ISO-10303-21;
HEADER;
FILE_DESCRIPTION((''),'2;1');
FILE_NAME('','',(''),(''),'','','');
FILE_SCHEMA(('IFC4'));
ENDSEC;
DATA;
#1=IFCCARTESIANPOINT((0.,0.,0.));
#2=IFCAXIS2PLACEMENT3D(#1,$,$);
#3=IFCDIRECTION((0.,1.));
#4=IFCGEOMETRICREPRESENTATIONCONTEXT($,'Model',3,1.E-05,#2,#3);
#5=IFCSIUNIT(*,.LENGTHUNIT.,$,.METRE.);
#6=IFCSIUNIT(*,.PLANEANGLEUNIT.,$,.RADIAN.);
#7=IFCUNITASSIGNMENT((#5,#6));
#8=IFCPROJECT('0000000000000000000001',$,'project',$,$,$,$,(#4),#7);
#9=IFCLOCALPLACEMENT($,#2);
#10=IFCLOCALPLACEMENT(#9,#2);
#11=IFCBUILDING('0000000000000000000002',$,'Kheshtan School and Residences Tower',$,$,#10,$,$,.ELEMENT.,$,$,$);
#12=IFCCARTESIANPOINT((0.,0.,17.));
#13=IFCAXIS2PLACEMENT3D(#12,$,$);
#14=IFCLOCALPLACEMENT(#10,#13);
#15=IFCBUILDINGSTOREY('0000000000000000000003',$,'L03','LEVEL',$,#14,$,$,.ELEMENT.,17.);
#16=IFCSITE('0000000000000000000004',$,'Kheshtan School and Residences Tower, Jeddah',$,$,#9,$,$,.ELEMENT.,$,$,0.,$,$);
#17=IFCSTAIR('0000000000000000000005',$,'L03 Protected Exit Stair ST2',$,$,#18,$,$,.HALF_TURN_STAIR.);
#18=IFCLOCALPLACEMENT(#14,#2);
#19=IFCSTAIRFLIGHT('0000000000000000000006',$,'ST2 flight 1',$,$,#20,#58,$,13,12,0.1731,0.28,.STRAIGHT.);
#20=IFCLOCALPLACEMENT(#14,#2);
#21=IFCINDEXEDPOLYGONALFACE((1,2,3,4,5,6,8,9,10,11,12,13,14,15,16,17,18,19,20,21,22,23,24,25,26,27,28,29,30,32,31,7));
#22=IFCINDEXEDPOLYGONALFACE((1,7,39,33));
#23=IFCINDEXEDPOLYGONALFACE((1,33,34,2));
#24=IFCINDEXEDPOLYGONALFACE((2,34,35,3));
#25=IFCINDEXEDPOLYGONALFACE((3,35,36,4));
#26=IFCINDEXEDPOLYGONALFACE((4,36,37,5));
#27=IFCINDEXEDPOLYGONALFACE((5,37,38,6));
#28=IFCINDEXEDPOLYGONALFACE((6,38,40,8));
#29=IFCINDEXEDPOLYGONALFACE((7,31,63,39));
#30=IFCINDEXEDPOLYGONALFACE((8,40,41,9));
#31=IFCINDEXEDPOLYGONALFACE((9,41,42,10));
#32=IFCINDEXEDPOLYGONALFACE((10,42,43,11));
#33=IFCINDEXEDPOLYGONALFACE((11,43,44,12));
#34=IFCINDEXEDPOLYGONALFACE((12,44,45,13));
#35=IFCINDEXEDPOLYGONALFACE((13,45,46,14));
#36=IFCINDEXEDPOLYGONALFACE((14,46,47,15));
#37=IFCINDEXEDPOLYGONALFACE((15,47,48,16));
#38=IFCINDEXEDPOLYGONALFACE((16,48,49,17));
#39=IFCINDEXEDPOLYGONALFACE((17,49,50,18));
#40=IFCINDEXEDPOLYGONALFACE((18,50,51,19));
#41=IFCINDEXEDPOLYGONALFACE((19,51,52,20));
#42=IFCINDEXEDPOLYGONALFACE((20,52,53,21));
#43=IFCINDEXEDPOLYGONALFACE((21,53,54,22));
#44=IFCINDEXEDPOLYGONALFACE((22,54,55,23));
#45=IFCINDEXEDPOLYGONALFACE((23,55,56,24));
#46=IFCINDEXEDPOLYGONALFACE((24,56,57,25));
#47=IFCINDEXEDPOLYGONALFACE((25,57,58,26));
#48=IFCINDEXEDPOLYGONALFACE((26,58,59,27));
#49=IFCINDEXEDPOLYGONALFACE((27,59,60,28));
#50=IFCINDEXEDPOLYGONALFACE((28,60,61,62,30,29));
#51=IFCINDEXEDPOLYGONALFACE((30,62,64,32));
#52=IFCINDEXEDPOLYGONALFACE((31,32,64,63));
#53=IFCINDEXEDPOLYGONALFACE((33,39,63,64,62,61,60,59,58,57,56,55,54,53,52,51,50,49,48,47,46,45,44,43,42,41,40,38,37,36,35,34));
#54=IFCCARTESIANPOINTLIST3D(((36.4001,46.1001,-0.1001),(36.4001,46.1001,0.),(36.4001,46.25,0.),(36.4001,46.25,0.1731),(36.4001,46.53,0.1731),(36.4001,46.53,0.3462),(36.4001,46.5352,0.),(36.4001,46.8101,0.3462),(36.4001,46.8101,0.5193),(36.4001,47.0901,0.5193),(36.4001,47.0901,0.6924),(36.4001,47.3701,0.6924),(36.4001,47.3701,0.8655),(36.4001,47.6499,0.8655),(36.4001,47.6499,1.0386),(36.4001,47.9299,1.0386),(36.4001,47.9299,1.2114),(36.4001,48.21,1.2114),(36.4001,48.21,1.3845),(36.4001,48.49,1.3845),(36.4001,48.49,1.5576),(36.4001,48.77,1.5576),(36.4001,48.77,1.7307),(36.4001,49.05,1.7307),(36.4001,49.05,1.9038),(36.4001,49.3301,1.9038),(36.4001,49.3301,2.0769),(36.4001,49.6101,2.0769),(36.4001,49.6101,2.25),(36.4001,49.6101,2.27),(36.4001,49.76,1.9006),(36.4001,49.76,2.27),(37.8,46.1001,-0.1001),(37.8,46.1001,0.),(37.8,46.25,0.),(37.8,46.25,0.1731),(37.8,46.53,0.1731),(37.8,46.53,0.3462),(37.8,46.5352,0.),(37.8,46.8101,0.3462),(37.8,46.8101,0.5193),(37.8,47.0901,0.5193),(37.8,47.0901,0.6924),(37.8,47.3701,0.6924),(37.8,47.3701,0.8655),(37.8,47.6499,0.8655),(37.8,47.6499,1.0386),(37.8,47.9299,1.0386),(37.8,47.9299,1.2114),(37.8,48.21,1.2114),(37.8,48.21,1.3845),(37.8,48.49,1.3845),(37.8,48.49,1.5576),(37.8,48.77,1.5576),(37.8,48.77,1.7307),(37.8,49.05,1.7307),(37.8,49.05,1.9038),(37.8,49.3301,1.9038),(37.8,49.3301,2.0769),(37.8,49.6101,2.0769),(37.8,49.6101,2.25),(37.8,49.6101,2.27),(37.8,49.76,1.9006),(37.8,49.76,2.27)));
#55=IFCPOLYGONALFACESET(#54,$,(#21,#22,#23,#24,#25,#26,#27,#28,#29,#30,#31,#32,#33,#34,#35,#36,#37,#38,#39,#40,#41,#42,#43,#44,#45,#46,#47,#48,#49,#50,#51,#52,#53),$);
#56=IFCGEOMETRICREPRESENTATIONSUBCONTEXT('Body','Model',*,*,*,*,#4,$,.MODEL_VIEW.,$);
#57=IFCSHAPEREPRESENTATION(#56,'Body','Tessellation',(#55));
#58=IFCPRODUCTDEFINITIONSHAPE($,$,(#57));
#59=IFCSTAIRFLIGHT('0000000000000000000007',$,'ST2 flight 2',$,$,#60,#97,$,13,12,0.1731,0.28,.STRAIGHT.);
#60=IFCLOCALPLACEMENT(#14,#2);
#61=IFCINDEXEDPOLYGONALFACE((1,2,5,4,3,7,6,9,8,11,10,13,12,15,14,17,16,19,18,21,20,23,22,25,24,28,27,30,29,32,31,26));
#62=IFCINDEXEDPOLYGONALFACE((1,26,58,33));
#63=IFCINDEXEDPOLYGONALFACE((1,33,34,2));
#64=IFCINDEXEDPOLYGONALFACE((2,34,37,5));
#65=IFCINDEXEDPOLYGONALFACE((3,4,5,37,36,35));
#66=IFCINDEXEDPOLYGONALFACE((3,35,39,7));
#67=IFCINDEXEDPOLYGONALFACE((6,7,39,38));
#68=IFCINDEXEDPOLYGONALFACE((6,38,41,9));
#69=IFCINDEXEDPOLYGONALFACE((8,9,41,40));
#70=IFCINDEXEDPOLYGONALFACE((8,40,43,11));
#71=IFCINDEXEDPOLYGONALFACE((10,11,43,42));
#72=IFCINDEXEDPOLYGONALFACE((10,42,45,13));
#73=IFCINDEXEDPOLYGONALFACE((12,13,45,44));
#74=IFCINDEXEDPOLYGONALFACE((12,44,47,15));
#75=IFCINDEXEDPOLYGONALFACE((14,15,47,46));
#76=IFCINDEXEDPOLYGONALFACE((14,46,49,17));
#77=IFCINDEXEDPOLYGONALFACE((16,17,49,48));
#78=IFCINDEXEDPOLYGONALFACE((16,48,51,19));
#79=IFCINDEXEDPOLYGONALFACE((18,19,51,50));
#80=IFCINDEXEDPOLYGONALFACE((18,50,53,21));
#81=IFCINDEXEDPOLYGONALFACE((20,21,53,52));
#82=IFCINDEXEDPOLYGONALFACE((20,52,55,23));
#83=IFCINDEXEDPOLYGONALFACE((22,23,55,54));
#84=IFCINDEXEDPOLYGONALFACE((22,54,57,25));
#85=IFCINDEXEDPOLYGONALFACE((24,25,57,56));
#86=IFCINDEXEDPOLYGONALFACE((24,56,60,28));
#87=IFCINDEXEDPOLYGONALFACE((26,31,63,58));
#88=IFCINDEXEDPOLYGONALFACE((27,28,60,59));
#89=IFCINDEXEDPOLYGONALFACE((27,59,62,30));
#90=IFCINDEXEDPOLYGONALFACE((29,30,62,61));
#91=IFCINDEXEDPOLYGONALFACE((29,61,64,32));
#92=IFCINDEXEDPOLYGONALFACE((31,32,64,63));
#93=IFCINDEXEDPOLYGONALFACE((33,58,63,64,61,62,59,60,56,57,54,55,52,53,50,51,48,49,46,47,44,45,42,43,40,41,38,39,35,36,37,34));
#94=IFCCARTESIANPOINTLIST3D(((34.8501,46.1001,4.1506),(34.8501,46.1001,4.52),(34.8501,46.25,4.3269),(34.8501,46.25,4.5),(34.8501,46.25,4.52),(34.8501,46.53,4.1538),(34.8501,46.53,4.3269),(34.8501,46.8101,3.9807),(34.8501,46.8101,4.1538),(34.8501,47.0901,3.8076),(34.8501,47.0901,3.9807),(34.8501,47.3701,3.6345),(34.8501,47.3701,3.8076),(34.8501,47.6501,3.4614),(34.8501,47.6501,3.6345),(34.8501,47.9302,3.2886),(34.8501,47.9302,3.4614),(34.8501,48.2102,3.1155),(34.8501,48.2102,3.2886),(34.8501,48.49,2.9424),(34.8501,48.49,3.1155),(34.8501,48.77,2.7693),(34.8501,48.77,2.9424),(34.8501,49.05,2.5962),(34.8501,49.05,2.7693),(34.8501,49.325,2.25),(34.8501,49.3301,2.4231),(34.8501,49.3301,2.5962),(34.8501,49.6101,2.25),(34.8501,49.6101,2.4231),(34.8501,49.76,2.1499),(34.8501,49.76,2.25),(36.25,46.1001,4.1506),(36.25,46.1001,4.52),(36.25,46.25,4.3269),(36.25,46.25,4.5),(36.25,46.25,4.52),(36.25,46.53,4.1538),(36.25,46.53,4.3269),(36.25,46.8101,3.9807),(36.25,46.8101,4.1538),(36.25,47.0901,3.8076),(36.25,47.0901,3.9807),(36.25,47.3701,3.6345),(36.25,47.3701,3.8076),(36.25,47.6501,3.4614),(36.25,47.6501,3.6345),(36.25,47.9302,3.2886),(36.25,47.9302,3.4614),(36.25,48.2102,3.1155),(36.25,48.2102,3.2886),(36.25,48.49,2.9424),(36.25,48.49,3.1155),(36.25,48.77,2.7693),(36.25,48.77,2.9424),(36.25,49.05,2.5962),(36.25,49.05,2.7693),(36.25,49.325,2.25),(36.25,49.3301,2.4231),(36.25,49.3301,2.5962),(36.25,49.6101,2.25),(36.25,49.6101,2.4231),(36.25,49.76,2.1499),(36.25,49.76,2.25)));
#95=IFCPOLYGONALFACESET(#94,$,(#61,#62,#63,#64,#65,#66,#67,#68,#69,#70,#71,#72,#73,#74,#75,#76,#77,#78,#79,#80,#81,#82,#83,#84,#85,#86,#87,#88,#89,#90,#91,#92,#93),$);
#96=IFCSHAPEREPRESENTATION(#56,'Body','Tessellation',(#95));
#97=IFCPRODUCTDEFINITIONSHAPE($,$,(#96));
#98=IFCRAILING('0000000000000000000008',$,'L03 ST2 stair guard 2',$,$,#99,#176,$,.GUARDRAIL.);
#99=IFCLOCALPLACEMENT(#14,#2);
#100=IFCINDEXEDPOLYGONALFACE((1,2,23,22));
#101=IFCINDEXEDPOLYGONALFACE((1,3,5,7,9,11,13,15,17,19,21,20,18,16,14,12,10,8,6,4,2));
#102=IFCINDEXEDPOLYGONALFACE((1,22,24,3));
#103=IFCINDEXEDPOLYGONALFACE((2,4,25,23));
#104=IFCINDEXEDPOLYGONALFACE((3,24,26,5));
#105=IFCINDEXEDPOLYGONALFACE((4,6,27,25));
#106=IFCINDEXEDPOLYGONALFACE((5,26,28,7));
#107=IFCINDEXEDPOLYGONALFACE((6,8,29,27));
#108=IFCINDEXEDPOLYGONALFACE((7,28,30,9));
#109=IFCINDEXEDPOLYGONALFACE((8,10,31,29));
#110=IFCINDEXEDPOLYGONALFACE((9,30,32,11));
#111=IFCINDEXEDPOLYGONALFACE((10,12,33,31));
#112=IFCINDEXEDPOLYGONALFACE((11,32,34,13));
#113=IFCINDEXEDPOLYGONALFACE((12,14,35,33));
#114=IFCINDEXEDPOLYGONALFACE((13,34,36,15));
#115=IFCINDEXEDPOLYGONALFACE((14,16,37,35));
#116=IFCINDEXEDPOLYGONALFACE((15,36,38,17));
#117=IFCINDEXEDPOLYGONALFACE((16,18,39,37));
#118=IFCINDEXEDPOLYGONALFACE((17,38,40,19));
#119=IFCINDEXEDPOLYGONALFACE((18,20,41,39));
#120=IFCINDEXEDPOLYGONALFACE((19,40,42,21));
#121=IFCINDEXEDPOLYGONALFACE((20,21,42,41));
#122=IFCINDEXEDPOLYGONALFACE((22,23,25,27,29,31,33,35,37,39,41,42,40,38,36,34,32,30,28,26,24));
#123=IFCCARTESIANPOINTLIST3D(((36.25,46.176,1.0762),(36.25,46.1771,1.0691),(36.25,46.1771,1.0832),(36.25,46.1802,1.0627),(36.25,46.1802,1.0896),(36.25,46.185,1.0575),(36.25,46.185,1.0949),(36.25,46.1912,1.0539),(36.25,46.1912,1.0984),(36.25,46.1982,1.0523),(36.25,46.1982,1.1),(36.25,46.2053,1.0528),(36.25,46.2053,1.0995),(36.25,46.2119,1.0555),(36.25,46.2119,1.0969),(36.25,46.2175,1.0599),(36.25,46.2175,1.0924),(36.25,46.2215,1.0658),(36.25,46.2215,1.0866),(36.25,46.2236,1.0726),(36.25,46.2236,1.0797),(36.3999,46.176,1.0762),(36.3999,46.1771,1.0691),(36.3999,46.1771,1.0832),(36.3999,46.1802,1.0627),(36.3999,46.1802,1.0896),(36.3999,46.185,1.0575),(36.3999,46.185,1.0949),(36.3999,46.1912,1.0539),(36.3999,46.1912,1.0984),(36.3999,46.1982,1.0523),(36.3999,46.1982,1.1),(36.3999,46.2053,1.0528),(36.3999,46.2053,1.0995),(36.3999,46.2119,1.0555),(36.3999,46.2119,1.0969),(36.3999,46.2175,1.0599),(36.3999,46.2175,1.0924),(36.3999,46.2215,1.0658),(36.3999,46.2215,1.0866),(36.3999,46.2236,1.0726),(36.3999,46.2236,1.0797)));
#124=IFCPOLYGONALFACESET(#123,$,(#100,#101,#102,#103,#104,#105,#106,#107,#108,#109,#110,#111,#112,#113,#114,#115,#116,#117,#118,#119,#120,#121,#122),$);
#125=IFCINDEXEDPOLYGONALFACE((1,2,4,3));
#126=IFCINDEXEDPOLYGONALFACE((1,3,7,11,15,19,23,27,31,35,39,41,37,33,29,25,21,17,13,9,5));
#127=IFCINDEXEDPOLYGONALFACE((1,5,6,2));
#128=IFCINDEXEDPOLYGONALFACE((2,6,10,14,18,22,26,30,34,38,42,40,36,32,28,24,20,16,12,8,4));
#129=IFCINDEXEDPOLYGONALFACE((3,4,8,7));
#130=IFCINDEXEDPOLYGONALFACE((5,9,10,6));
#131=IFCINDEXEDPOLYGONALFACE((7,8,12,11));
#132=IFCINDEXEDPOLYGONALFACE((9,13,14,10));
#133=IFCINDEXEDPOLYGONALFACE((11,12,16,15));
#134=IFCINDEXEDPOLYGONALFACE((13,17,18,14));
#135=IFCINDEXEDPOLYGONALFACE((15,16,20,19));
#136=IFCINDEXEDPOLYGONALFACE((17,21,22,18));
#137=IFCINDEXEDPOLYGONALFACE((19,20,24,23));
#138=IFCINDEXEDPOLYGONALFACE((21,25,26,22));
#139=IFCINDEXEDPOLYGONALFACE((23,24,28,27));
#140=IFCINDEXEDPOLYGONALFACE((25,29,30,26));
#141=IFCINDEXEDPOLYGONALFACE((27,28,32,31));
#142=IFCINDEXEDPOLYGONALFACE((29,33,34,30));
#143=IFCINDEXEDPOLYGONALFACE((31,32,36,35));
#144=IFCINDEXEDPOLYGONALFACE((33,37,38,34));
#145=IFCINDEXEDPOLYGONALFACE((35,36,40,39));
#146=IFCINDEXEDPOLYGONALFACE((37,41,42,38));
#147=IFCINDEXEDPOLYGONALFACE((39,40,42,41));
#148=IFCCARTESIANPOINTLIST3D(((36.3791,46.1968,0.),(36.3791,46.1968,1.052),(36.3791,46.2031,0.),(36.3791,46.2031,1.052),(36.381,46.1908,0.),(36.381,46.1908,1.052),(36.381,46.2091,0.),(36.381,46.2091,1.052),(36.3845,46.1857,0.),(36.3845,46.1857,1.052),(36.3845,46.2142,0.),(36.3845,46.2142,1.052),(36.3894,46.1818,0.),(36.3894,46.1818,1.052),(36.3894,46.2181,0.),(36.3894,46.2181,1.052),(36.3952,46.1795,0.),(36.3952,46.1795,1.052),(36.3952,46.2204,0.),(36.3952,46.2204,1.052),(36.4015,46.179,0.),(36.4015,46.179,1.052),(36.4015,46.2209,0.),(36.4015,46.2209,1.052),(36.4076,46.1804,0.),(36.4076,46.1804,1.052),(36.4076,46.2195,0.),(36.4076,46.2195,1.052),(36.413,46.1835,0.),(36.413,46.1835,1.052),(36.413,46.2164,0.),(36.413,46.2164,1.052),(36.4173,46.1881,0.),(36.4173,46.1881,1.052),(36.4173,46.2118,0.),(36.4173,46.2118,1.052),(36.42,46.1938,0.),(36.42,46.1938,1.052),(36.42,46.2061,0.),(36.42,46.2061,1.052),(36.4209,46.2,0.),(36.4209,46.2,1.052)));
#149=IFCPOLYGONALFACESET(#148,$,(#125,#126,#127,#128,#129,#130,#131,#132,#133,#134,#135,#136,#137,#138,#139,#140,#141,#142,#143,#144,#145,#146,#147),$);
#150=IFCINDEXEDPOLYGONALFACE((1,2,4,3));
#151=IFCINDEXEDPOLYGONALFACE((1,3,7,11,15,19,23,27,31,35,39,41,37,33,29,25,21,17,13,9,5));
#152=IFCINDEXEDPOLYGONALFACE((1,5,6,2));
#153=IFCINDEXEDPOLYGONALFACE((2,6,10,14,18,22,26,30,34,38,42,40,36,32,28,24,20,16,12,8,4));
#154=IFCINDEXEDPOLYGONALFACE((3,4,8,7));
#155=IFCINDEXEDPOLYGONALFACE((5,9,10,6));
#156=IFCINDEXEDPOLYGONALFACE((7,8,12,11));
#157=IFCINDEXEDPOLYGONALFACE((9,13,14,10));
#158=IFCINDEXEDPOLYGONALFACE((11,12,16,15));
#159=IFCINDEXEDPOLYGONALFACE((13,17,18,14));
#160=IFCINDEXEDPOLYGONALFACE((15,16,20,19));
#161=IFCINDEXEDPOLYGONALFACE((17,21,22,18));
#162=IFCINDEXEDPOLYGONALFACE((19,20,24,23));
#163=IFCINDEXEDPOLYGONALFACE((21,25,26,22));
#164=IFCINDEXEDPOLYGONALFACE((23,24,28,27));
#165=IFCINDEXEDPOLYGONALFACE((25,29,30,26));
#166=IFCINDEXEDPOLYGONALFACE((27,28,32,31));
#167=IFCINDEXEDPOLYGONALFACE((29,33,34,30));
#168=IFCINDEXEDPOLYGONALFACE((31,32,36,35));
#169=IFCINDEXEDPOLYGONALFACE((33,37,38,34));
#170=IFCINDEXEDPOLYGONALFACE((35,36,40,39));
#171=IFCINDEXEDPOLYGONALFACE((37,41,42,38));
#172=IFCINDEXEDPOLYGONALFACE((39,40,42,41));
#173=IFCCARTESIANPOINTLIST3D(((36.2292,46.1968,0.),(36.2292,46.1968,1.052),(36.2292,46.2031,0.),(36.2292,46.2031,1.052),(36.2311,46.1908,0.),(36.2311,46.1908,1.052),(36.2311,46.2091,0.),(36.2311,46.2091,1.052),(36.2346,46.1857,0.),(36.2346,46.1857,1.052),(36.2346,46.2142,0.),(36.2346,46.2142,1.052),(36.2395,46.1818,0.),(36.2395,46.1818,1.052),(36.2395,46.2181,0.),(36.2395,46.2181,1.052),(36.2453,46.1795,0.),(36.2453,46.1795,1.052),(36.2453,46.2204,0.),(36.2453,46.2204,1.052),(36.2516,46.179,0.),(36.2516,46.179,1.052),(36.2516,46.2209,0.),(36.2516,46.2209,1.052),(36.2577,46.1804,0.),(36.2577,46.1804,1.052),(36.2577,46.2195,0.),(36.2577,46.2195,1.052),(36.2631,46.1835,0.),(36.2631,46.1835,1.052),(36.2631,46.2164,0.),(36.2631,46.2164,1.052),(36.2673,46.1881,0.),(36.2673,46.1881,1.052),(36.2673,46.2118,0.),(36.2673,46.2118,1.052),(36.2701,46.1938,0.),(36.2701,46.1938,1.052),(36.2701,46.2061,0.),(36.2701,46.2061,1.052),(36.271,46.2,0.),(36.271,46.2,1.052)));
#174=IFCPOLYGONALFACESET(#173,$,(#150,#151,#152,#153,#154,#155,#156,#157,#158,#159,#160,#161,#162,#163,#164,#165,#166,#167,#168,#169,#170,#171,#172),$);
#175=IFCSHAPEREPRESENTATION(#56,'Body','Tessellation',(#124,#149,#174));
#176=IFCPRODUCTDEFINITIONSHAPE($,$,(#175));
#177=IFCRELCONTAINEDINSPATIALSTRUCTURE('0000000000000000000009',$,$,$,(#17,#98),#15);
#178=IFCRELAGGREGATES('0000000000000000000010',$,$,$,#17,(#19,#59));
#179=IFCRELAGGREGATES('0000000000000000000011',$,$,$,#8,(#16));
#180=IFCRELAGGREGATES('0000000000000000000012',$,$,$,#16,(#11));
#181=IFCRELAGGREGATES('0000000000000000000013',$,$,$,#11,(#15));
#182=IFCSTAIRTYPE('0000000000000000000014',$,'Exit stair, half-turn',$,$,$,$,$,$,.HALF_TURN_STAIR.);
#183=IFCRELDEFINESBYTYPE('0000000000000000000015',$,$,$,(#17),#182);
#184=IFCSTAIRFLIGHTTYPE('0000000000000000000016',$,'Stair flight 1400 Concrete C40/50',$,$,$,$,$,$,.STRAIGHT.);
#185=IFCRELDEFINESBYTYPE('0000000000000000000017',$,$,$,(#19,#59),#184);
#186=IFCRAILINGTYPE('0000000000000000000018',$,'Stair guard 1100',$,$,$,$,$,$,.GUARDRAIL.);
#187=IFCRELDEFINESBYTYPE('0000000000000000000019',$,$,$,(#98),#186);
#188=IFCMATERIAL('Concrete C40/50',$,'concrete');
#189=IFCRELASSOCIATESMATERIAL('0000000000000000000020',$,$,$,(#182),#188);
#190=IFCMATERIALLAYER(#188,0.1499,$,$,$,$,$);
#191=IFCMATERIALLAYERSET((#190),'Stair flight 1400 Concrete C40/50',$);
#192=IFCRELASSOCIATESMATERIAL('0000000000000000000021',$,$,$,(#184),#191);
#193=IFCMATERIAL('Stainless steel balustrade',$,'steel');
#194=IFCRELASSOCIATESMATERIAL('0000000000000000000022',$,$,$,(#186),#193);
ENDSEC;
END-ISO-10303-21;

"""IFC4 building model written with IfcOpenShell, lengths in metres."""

from ifc_helpers import new_model, si_unit, direction, frame, origin, origin_2d, place, context, subcontext, project, spatial, polyline, circle, outline, extrude, material, layer, layer_set, type_object, element, aggregate, save


model = new_model("IFC4")

# Units and contexts
model_context = context("Model", 3, precision=1e-05, world=origin(), true_north=direction((0.0, 1.0)))
body_context = subcontext(model_context, "Body", "Model", "MODEL_VIEW")
ifc_project = project(units=[si_unit("LENGTHUNIT", "METRE"), si_unit("PLANEANGLEUNIT", "RADIAN")], contexts=[model_context])

# Site, building, storey
site_placement = place(None, origin())
site = spatial("IfcSite", under=ifc_project, at=site_placement, Name="Kheshtan School and Residences Tower, Jeddah", CompositionType="ELEMENT", RefElevation=0.0)
building_placement = place(site_placement, origin())
building = spatial("IfcBuilding", under=site, at=building_placement, Name="Kheshtan School and Residences Tower", CompositionType="ELEMENT")
storey_placement = place(building_placement, frame((0.0, 0.0, 17.0)))
storey = spatial("IfcBuildingStorey", under=building, at=storey_placement, Name="L03", Description="LEVEL", CompositionType="ELEMENT", Elevation=17.0)

# Shared definitions
ifc_material_1 = material(Name="Concrete C40/50", Category="concrete")

# Stair, stair flights
stair_type = type_object("IfcStairType", Name="Exit stair, half-turn", PredefinedType="HALF_TURN_STAIR", material=ifc_material_1)
stair_placement = place(storey_placement, origin())
stair = element("IfcStair", 1, at=stair_placement, inside=storey, type_object=stair_type, Name="L03 Protected Exit Stair ST2", PredefinedType="HALF_TURN_STAIR")
ifc_layer_1 = layer(ifc_material_1, 0.1499)
ifc_layer_set_1 = layer_set([ifc_layer_1], Name="Stair flight 1400 Concrete C40/50")
stair_flight_type = type_object("IfcStairFlightType", Name="Stair flight 1400 Concrete C40/50", PredefinedType="STRAIGHT", material=ifc_layer_set_1)
stair_flight_1_placement = place(storey_placement, frame((37.1001, 46.25, 0.0), z_axis=(0.0, 0.0, 1.0), x_axis=(0.0, 1.0, 0.0)))
stair_flight_1 = element("IfcStairFlight", 2, at=stair_flight_1_placement, type_object=stair_flight_type, Name="ST2 flight 1", NumberOfRisers=13, NumberOfTreads=12, PredefinedType="STRAIGHT", RiserHeight=0.1731, TreadLength=0.28, context=body_context, shape_type="SweptSolid", body=[
    extrude(outline(polyline([(-0.1499, -0.1001), (-0.1499, 0.0), (0.0, 0.0), (0.0, 0.1731), (0.28, 0.1731), (0.28, 0.3462), (0.5601, 0.3462), (0.5601, 0.5193), (0.8401, 0.5193), (0.8401, 0.6924), (1.1201, 0.6924), (1.1201, 0.8655), (1.3999, 0.8655), (1.3999, 1.0386), (1.6799, 1.0386), (1.6799, 1.2114), (1.96, 1.2114), (1.96, 1.3845), (2.24, 1.3845), (2.24, 1.5576), (2.52, 1.5576), (2.52, 1.7307), (2.8, 1.7307), (2.8, 1.9038), (3.0801, 1.9038), (3.0801, 2.0769), (3.3601, 2.0769), (3.3601, 2.25), (3.3601, 2.27), (3.51, 2.27), (3.51, 1.9006), (0.2852, 0.0), (-0.1499, -0.1001)])), frame((0.0, 0.7, 0.0), z_axis=(0.0, -1.0, 0.0), x_axis=(1.0, 0.0, 0.0)), (0.0, 0.0, 1.0), 1.3999),
])
stair_flight_2_placement = place(storey_placement, frame((35.55, 49.6101, 2.25), z_axis=(0.0, 0.0, 1.0), x_axis=(0.0, -1.0, 0.0)))
stair_flight_2 = element("IfcStairFlight", 3, at=stair_flight_2_placement, type_object=stair_flight_type, Name="ST2 flight 2", NumberOfRisers=13, NumberOfTreads=12, PredefinedType="STRAIGHT", RiserHeight=0.1731, TreadLength=0.28, context=body_context, shape_type="SweptSolid", body=[
    extrude(outline(polyline([(-0.1499, -0.1001), (-0.1499, 0.0), (0.0, 0.0), (0.0, 0.1731), (0.28, 0.1731), (0.28, 0.3462), (0.5601, 0.3462), (0.5601, 0.5193), (0.8401, 0.5193), (0.8401, 0.6924), (1.1201, 0.6924), (1.1201, 0.8655), (1.3999, 0.8655), (1.3999, 1.0386), (1.6799, 1.0386), (1.6799, 1.2114), (1.96, 1.2114), (1.96, 1.3845), (2.24, 1.3845), (2.24, 1.5576), (2.52, 1.5576), (2.52, 1.7307), (2.8, 1.7307), (2.8, 1.9038), (3.0801, 1.9038), (3.0801, 2.0769), (3.3601, 2.0769), (3.3601, 2.25), (3.3601, 2.27), (3.51, 2.27), (3.51, 1.9006), (0.2852, 0.0), (-0.1499, -0.1001)])), frame((0.0, 0.7, 0.0), z_axis=(0.0, -1.0, 0.0), x_axis=(1.0, 0.0, 0.0)), (0.0, 0.0, 1.0), 1.3999),
])
aggregate(stair, [stair_flight_1, stair_flight_2])

# Railing
ifc_material_2 = material(Name="Stainless steel balustrade", Category="steel")
railing_type_1 = type_object("IfcRailingType", Name="Stair guard 1100", PredefinedType="GUARDRAIL", material=ifc_material_2)
railing_1_placement = place(storey_placement, frame((36.3999, 46.2, 0.0)))
element("IfcRailing", 4, at=railing_1_placement, inside=storey, type_object=railing_type_1, Name="L03 ST2 stair guard 2", PredefinedType="GUARDRAIL", context=body_context, shape_type="SweptSolid", body=[
    extrude(circle(Radius=0.0239, at=origin_2d()), frame((0.0, 0.0, 1.0762), z_axis=(-1.0, 0.0, 0.0), x_axis=(0.0, -1.0, 0.0)), (0.0, 0.0, 1.0), 0.1499),
    extrude(circle(Radius=0.021, at=origin_2d()), origin(), (0.0, 0.0, 1.0), 1.052),
    extrude(circle(Radius=0.021, at=origin_2d()), frame((-0.1499, 0.0, 0.0)), (0.0, 0.0, 1.0), 1.052),
])

save(model, "model.ifc")
